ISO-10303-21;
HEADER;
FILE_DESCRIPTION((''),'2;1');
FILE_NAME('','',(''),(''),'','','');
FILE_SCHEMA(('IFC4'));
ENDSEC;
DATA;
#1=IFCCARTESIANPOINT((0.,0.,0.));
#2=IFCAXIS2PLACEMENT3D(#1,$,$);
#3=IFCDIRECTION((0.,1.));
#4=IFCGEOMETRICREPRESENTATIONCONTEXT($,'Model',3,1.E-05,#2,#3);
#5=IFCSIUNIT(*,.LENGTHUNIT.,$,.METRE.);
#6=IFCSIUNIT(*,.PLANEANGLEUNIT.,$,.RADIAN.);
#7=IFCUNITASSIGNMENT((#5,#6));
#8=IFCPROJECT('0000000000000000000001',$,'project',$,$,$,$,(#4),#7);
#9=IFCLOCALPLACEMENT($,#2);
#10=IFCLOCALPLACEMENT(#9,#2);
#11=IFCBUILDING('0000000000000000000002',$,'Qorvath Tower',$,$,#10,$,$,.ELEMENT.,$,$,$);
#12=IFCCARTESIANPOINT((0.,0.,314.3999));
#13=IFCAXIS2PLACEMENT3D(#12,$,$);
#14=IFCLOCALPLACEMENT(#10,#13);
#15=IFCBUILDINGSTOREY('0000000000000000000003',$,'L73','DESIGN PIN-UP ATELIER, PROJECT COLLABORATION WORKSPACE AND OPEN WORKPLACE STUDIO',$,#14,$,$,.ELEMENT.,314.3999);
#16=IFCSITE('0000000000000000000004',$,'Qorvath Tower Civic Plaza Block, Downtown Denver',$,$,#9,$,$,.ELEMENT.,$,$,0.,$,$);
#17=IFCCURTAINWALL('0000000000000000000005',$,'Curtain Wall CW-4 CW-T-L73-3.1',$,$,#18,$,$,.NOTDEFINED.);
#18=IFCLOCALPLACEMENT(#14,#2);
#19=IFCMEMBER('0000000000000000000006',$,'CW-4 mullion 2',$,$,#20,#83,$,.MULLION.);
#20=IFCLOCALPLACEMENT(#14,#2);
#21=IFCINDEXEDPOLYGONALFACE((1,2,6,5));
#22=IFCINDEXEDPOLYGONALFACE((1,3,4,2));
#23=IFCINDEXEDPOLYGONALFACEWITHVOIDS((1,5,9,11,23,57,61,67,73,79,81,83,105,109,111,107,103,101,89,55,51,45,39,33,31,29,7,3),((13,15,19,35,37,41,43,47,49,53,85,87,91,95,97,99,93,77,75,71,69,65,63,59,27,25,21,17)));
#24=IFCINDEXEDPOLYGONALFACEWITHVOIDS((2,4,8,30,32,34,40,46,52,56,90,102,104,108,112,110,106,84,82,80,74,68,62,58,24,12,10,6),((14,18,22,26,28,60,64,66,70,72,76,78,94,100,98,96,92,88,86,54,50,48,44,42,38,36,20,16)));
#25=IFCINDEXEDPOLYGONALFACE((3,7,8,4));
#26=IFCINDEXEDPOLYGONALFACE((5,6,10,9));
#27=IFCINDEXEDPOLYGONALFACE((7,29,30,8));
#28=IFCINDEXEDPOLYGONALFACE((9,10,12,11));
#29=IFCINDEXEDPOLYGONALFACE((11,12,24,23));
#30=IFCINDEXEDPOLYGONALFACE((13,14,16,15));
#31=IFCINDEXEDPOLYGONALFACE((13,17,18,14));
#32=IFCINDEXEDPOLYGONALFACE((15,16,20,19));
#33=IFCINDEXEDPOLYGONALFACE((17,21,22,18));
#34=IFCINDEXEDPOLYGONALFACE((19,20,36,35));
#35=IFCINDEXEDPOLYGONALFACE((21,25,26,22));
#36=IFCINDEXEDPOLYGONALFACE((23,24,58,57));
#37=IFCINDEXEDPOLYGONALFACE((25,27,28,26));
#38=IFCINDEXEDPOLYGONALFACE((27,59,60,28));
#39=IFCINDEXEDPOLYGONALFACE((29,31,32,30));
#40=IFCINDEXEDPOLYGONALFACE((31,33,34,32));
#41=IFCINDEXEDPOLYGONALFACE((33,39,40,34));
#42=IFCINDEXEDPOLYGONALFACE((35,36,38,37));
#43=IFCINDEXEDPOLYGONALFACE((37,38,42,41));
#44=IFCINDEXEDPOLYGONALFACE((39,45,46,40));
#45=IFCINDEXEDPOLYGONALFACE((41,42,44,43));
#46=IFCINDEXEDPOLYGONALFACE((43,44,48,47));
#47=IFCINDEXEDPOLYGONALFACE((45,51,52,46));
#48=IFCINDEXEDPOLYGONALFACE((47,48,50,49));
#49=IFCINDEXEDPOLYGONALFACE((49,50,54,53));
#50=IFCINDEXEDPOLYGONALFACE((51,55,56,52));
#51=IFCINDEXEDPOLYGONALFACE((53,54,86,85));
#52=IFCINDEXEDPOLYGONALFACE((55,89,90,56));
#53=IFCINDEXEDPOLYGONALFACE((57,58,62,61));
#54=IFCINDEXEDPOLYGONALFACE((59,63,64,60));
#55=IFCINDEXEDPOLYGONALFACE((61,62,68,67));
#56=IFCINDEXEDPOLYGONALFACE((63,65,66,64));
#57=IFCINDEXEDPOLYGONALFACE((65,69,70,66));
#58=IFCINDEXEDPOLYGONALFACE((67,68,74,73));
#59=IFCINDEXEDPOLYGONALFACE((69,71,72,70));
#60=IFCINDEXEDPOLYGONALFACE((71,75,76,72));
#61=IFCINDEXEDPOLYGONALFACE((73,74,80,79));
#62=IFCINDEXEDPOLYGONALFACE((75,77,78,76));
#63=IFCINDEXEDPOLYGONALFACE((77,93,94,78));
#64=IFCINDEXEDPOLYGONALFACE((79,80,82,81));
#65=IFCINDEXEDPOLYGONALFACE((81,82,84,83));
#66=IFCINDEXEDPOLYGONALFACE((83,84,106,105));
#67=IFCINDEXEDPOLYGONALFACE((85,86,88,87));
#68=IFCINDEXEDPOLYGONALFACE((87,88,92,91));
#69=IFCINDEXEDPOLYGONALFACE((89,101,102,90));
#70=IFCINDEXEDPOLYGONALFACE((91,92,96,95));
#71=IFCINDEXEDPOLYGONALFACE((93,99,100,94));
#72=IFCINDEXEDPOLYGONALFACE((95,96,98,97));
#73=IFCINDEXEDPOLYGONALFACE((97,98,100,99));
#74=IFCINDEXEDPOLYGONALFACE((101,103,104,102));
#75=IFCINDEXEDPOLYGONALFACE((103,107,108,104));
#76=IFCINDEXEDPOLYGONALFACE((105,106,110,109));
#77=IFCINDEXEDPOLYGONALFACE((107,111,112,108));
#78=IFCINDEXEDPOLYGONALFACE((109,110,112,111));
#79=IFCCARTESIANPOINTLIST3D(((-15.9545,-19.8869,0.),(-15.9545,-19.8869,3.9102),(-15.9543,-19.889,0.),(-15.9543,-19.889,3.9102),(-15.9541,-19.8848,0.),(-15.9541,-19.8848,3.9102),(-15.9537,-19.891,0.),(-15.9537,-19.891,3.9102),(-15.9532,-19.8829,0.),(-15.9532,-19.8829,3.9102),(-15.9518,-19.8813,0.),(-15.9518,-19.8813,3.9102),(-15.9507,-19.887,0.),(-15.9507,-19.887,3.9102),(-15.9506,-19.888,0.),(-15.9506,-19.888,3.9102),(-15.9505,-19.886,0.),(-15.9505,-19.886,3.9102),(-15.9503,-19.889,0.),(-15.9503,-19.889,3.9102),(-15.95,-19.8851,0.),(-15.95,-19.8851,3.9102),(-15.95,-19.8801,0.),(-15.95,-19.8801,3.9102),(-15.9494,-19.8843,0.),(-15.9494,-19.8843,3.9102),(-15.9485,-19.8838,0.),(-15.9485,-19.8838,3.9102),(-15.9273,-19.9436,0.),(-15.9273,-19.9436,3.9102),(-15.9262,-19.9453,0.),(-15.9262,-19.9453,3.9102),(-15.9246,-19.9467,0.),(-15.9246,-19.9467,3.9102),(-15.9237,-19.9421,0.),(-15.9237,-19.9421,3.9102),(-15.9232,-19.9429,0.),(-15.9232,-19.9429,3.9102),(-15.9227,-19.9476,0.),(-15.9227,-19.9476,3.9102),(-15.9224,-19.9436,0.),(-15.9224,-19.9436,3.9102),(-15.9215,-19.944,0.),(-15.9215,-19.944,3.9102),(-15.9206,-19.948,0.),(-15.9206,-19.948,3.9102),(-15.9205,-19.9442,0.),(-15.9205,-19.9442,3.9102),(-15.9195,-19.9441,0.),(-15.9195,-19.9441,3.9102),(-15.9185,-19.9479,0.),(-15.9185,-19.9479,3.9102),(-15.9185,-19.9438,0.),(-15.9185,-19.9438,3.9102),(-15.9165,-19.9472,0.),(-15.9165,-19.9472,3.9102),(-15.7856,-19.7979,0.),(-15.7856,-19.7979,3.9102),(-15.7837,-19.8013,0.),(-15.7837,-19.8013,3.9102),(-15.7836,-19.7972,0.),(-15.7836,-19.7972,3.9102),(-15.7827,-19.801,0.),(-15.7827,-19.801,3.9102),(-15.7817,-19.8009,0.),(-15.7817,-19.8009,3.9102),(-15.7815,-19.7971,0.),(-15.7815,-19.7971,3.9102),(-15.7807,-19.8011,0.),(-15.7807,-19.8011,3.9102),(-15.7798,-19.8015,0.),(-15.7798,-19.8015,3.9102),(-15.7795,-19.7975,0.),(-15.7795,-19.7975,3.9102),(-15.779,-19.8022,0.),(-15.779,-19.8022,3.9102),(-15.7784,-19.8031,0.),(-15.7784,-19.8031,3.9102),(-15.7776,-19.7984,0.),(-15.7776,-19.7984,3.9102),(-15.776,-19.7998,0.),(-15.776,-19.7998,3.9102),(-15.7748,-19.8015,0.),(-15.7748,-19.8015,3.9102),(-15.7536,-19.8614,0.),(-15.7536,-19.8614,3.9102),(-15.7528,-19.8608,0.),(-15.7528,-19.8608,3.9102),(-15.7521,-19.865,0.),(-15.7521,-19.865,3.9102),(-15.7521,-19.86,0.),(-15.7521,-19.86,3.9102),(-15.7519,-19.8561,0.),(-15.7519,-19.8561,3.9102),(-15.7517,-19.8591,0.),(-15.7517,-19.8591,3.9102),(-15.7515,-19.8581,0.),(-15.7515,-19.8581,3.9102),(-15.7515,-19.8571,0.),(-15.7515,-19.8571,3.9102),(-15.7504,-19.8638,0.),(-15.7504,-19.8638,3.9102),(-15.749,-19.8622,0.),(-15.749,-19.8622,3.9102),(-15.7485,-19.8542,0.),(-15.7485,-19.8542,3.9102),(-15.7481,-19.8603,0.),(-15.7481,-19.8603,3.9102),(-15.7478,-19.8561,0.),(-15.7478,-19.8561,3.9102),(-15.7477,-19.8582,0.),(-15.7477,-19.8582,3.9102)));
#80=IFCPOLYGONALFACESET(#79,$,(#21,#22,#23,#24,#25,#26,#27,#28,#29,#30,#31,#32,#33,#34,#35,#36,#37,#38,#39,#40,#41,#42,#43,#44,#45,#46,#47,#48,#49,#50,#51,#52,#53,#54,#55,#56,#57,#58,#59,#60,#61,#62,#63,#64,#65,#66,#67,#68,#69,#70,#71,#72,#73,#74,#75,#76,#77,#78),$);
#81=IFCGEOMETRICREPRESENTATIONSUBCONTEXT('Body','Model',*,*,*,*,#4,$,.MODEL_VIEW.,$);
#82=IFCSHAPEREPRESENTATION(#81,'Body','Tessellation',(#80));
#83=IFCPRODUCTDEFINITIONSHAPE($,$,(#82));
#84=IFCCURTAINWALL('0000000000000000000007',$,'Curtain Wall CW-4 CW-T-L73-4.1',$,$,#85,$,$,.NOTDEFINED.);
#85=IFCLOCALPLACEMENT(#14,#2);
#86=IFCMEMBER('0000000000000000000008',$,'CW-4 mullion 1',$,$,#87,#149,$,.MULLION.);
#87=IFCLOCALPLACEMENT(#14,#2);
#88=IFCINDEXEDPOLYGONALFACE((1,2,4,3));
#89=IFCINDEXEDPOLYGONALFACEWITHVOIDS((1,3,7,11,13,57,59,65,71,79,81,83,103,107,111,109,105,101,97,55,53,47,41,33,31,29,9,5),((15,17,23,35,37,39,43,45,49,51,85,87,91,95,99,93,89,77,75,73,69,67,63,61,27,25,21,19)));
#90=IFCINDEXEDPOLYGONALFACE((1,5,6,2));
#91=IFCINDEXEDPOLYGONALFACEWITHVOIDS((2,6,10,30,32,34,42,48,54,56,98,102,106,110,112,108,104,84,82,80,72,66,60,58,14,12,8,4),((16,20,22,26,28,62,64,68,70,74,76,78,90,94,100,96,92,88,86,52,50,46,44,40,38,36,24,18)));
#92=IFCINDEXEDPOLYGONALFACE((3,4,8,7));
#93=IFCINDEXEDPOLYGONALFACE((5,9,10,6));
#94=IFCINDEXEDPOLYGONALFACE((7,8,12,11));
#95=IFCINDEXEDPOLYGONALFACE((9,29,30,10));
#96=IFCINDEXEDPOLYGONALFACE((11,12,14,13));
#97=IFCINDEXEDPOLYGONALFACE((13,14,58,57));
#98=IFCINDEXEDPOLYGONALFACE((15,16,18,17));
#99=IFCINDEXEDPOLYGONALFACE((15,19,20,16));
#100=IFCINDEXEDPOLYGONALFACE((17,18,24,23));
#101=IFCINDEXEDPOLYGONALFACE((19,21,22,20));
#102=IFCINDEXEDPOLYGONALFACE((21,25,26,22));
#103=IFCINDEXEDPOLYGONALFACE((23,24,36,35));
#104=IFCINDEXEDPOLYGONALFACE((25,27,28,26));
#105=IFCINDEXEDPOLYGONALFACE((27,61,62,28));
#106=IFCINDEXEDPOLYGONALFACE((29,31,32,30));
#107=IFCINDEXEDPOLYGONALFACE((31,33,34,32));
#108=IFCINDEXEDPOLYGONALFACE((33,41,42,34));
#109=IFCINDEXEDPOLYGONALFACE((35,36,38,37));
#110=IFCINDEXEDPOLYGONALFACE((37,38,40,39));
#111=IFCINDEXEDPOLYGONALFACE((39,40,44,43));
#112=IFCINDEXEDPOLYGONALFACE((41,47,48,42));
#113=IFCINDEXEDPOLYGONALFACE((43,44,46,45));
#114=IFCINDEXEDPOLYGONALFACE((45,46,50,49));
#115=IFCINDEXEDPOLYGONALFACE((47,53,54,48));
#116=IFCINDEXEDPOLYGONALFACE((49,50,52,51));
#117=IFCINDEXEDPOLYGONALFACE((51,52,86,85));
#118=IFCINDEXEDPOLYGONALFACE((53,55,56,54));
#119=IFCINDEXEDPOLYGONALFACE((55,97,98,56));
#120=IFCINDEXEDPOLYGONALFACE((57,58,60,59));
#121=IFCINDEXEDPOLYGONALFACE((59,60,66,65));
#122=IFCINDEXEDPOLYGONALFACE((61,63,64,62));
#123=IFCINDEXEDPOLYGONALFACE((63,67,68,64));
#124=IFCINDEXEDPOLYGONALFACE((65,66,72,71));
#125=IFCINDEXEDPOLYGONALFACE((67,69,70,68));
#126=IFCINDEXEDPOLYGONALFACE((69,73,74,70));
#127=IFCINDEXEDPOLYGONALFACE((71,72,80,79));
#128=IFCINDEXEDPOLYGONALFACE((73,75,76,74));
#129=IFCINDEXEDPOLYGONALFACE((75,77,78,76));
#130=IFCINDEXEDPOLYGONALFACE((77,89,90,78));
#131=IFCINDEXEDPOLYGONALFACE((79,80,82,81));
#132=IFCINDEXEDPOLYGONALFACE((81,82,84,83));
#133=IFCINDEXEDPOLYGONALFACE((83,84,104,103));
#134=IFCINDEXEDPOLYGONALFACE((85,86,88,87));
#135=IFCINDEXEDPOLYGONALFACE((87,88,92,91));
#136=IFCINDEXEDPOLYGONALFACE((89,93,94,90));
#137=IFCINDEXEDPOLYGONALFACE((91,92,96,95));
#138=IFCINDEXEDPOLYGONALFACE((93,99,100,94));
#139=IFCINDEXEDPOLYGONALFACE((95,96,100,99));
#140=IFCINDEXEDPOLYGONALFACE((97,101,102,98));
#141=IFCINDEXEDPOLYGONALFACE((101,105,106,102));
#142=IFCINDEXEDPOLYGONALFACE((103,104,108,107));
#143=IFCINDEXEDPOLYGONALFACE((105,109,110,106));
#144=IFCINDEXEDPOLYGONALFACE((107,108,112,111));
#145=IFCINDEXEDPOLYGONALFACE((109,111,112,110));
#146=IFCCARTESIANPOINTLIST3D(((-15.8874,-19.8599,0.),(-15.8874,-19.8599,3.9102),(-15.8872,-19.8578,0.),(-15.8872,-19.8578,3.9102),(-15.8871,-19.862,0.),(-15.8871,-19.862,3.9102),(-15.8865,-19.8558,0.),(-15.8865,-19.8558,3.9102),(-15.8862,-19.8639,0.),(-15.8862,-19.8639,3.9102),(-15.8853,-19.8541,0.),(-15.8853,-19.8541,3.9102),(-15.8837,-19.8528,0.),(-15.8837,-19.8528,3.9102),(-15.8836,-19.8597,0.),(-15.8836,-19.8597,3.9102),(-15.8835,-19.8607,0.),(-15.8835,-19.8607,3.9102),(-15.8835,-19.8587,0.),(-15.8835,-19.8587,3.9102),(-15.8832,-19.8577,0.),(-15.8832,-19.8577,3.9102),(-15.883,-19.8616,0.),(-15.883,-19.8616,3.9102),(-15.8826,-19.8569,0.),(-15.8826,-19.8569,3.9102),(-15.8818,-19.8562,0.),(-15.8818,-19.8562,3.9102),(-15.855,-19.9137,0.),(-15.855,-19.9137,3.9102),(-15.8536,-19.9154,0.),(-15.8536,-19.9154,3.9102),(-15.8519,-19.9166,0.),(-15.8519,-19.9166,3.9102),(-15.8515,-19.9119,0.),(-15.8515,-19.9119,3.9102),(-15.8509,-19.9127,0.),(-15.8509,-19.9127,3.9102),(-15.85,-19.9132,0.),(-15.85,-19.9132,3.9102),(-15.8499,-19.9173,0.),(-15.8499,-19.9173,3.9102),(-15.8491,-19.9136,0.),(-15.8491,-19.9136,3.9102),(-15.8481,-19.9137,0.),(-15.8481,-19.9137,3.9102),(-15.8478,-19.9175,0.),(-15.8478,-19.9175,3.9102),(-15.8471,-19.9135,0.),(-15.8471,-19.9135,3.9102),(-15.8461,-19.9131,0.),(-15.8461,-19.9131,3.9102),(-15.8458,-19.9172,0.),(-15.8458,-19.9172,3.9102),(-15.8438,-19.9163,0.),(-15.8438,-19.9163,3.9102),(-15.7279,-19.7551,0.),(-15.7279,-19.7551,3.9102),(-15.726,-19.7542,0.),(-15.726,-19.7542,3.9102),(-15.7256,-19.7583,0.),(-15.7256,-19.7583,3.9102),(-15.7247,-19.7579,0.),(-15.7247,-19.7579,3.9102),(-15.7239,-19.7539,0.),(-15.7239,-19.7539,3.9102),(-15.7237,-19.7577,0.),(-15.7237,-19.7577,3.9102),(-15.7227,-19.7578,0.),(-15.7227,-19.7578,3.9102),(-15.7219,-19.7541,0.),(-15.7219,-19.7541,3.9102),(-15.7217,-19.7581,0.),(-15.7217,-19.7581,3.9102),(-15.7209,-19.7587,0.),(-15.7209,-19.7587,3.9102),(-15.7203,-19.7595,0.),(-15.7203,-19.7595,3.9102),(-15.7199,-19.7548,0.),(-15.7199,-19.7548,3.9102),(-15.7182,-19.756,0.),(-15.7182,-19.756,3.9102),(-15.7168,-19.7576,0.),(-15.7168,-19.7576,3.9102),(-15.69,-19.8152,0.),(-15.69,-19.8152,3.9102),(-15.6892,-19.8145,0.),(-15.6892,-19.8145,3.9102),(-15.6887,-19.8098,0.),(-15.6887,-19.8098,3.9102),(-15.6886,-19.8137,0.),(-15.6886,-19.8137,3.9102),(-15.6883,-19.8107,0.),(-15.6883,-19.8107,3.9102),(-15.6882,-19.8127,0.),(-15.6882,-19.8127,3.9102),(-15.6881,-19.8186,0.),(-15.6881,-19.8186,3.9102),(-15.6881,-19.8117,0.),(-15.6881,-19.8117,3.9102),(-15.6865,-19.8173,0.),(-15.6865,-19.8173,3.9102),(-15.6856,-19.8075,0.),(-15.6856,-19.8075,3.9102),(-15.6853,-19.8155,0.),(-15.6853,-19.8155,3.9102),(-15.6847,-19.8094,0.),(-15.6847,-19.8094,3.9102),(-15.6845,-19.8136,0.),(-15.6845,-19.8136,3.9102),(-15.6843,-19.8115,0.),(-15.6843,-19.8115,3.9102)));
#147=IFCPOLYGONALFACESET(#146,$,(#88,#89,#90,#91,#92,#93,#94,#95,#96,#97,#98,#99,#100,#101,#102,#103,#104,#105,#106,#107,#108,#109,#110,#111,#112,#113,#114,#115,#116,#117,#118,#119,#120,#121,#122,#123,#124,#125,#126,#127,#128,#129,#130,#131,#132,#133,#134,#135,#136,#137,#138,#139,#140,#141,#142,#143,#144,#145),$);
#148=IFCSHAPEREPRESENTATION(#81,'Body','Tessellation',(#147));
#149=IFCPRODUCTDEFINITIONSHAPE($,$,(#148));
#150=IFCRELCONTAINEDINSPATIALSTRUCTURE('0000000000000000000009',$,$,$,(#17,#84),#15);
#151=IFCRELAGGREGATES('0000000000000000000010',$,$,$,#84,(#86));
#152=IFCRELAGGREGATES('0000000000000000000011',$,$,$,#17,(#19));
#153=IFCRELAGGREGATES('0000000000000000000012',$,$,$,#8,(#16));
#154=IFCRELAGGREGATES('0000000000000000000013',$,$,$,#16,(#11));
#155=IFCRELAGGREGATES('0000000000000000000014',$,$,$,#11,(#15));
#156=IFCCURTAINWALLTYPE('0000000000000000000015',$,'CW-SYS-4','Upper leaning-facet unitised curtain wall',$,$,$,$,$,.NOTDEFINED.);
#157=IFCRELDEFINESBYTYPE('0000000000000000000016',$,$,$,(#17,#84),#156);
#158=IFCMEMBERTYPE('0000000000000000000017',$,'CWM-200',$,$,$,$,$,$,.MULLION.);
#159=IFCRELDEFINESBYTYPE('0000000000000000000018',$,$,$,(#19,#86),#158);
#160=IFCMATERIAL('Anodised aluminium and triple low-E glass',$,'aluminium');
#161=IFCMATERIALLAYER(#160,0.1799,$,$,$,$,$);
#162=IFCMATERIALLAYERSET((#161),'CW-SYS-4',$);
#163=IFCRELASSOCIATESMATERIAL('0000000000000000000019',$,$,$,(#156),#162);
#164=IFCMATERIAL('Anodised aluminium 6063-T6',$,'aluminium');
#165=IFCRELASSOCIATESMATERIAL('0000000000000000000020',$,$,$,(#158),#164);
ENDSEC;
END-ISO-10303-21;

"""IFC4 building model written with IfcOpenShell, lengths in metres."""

from ifc_helpers import new_model, si_unit, direction, frame, origin, origin_2d, place, context, subcontext, project, spatial, hollow_rectangle, extrude, material, layer, layer_set, material_profile, profile_set, type_object, element, aggregate, save


model = new_model("IFC4")

# Units and contexts
model_context = context("Model", 3, precision=1e-05, world=origin(), true_north=direction((0.0, 1.0)))
body_context = subcontext(model_context, "Body", "Model", "MODEL_VIEW")
ifc_project = project(units=[si_unit("LENGTHUNIT", "METRE"), si_unit("PLANEANGLEUNIT", "RADIAN")], contexts=[model_context])

# Site, building, storey
site_placement = place(None, origin())
site = spatial("IfcSite", under=ifc_project, at=site_placement, Name="Qorvath Tower Civic Plaza Block, Downtown Denver", CompositionType="ELEMENT", RefElevation=0.0)
building_placement = place(site_placement, origin())
building = spatial("IfcBuilding", under=site, at=building_placement, Name="Qorvath Tower", CompositionType="ELEMENT")
storey_placement = place(building_placement, frame((0.0, 0.0, 314.3999)))
storey = spatial("IfcBuildingStorey", under=building, at=storey_placement, Name="L73", Description="DESIGN PIN-UP ATELIER, PROJECT COLLABORATION WORKSPACE AND OPEN WORKPLACE STUDIO", CompositionType="ELEMENT", Elevation=314.3999)

# Shared definitions
ifc_material_1 = material(Name="Anodised aluminium and triple low-E glass", Category="aluminium")
ifc_layer_1 = layer(ifc_material_1, 0.1799)
ifc_layer_set_1 = layer_set([ifc_layer_1], Name="CW-SYS-4")
curtain_wall_type = type_object("IfcCurtainWallType", Name="CW-SYS-4", Description="Upper leaning-facet unitised curtain wall", PredefinedType="NOTDEFINED", material=ifc_layer_set_1)
ifc_material_2 = material(Name="Anodised aluminium 6063-T6", Category="aluminium")
ifc_material_profile_1 = material_profile(ifc_material_2, hollow_rectangle(XDim=0.075, YDim=0.2, WallThickness=0.0039, InnerFilletRadius=0.0039, OuterFilletRadius=0.0081, at=origin_2d()), Name="CWM 200x75")
ifc_profile_set_1 = profile_set([ifc_material_profile_1], Name="Anodised aluminium 6063-T6")
member_type_1 = type_object("IfcMemberType", Name="CWM-200", PredefinedType="MULLION", material=ifc_profile_set_1)

# Curtain wall, member
curtain_wall_1_placement = place(storey_placement, origin())
curtain_wall_1 = element("IfcCurtainWall", 1, at=curtain_wall_1_placement, inside=storey, type_object=curtain_wall_type, Name="Curtain Wall CW-4 CW-T-L73-3.1", PredefinedType="NOTDEFINED")
member_1_placement = place(storey_placement, frame((-15.8511, -19.8726, 0.0), z_axis=(0.0, 0.0, 1.0), x_axis=(-0.447225, 0.894421, 0.0)))
member_1 = element("IfcMember", 2, at=member_1_placement, type_object=member_type_1, Name="CW-4 mullion 2", PredefinedType="MULLION", context=body_context, shape_type="SweptSolid", body=[
    extrude(hollow_rectangle(XDim=0.075, YDim=0.2, WallThickness=0.0039, InnerFilletRadius=0.0039, OuterFilletRadius=0.0081, at=origin_2d()), origin(), (0.0, 0.0, 1.0), 3.9102),
])

# Curtain wall, member
curtain_wall_2_placement = place(storey_placement, origin())
curtain_wall_2 = element("IfcCurtainWall", 3, at=curtain_wall_2_placement, inside=storey, type_object=curtain_wall_type, Name="Curtain Wall CW-4 CW-T-L73-4.1", PredefinedType="NOTDEFINED")
member_2_placement = place(storey_placement, frame((-15.7859, -19.8357, 0.0), z_axis=(0.0, 0.0, 1.0), x_axis=(-0.531348, 0.847154, 0.0)))
member_2 = element("IfcMember", 4, at=member_2_placement, type_object=member_type_1, Name="CW-4 mullion 1", PredefinedType="MULLION", context=body_context, shape_type="SweptSolid", body=[
    extrude(hollow_rectangle(XDim=0.075, YDim=0.2, WallThickness=0.0039, InnerFilletRadius=0.0039, OuterFilletRadius=0.0081, at=origin_2d()), origin(), (0.0, 0.0, 1.0), 3.9102),
])

aggregate(curtain_wall_2, [member_2])

aggregate(curtain_wall_1, [member_1])

save(model, "model.ifc")
